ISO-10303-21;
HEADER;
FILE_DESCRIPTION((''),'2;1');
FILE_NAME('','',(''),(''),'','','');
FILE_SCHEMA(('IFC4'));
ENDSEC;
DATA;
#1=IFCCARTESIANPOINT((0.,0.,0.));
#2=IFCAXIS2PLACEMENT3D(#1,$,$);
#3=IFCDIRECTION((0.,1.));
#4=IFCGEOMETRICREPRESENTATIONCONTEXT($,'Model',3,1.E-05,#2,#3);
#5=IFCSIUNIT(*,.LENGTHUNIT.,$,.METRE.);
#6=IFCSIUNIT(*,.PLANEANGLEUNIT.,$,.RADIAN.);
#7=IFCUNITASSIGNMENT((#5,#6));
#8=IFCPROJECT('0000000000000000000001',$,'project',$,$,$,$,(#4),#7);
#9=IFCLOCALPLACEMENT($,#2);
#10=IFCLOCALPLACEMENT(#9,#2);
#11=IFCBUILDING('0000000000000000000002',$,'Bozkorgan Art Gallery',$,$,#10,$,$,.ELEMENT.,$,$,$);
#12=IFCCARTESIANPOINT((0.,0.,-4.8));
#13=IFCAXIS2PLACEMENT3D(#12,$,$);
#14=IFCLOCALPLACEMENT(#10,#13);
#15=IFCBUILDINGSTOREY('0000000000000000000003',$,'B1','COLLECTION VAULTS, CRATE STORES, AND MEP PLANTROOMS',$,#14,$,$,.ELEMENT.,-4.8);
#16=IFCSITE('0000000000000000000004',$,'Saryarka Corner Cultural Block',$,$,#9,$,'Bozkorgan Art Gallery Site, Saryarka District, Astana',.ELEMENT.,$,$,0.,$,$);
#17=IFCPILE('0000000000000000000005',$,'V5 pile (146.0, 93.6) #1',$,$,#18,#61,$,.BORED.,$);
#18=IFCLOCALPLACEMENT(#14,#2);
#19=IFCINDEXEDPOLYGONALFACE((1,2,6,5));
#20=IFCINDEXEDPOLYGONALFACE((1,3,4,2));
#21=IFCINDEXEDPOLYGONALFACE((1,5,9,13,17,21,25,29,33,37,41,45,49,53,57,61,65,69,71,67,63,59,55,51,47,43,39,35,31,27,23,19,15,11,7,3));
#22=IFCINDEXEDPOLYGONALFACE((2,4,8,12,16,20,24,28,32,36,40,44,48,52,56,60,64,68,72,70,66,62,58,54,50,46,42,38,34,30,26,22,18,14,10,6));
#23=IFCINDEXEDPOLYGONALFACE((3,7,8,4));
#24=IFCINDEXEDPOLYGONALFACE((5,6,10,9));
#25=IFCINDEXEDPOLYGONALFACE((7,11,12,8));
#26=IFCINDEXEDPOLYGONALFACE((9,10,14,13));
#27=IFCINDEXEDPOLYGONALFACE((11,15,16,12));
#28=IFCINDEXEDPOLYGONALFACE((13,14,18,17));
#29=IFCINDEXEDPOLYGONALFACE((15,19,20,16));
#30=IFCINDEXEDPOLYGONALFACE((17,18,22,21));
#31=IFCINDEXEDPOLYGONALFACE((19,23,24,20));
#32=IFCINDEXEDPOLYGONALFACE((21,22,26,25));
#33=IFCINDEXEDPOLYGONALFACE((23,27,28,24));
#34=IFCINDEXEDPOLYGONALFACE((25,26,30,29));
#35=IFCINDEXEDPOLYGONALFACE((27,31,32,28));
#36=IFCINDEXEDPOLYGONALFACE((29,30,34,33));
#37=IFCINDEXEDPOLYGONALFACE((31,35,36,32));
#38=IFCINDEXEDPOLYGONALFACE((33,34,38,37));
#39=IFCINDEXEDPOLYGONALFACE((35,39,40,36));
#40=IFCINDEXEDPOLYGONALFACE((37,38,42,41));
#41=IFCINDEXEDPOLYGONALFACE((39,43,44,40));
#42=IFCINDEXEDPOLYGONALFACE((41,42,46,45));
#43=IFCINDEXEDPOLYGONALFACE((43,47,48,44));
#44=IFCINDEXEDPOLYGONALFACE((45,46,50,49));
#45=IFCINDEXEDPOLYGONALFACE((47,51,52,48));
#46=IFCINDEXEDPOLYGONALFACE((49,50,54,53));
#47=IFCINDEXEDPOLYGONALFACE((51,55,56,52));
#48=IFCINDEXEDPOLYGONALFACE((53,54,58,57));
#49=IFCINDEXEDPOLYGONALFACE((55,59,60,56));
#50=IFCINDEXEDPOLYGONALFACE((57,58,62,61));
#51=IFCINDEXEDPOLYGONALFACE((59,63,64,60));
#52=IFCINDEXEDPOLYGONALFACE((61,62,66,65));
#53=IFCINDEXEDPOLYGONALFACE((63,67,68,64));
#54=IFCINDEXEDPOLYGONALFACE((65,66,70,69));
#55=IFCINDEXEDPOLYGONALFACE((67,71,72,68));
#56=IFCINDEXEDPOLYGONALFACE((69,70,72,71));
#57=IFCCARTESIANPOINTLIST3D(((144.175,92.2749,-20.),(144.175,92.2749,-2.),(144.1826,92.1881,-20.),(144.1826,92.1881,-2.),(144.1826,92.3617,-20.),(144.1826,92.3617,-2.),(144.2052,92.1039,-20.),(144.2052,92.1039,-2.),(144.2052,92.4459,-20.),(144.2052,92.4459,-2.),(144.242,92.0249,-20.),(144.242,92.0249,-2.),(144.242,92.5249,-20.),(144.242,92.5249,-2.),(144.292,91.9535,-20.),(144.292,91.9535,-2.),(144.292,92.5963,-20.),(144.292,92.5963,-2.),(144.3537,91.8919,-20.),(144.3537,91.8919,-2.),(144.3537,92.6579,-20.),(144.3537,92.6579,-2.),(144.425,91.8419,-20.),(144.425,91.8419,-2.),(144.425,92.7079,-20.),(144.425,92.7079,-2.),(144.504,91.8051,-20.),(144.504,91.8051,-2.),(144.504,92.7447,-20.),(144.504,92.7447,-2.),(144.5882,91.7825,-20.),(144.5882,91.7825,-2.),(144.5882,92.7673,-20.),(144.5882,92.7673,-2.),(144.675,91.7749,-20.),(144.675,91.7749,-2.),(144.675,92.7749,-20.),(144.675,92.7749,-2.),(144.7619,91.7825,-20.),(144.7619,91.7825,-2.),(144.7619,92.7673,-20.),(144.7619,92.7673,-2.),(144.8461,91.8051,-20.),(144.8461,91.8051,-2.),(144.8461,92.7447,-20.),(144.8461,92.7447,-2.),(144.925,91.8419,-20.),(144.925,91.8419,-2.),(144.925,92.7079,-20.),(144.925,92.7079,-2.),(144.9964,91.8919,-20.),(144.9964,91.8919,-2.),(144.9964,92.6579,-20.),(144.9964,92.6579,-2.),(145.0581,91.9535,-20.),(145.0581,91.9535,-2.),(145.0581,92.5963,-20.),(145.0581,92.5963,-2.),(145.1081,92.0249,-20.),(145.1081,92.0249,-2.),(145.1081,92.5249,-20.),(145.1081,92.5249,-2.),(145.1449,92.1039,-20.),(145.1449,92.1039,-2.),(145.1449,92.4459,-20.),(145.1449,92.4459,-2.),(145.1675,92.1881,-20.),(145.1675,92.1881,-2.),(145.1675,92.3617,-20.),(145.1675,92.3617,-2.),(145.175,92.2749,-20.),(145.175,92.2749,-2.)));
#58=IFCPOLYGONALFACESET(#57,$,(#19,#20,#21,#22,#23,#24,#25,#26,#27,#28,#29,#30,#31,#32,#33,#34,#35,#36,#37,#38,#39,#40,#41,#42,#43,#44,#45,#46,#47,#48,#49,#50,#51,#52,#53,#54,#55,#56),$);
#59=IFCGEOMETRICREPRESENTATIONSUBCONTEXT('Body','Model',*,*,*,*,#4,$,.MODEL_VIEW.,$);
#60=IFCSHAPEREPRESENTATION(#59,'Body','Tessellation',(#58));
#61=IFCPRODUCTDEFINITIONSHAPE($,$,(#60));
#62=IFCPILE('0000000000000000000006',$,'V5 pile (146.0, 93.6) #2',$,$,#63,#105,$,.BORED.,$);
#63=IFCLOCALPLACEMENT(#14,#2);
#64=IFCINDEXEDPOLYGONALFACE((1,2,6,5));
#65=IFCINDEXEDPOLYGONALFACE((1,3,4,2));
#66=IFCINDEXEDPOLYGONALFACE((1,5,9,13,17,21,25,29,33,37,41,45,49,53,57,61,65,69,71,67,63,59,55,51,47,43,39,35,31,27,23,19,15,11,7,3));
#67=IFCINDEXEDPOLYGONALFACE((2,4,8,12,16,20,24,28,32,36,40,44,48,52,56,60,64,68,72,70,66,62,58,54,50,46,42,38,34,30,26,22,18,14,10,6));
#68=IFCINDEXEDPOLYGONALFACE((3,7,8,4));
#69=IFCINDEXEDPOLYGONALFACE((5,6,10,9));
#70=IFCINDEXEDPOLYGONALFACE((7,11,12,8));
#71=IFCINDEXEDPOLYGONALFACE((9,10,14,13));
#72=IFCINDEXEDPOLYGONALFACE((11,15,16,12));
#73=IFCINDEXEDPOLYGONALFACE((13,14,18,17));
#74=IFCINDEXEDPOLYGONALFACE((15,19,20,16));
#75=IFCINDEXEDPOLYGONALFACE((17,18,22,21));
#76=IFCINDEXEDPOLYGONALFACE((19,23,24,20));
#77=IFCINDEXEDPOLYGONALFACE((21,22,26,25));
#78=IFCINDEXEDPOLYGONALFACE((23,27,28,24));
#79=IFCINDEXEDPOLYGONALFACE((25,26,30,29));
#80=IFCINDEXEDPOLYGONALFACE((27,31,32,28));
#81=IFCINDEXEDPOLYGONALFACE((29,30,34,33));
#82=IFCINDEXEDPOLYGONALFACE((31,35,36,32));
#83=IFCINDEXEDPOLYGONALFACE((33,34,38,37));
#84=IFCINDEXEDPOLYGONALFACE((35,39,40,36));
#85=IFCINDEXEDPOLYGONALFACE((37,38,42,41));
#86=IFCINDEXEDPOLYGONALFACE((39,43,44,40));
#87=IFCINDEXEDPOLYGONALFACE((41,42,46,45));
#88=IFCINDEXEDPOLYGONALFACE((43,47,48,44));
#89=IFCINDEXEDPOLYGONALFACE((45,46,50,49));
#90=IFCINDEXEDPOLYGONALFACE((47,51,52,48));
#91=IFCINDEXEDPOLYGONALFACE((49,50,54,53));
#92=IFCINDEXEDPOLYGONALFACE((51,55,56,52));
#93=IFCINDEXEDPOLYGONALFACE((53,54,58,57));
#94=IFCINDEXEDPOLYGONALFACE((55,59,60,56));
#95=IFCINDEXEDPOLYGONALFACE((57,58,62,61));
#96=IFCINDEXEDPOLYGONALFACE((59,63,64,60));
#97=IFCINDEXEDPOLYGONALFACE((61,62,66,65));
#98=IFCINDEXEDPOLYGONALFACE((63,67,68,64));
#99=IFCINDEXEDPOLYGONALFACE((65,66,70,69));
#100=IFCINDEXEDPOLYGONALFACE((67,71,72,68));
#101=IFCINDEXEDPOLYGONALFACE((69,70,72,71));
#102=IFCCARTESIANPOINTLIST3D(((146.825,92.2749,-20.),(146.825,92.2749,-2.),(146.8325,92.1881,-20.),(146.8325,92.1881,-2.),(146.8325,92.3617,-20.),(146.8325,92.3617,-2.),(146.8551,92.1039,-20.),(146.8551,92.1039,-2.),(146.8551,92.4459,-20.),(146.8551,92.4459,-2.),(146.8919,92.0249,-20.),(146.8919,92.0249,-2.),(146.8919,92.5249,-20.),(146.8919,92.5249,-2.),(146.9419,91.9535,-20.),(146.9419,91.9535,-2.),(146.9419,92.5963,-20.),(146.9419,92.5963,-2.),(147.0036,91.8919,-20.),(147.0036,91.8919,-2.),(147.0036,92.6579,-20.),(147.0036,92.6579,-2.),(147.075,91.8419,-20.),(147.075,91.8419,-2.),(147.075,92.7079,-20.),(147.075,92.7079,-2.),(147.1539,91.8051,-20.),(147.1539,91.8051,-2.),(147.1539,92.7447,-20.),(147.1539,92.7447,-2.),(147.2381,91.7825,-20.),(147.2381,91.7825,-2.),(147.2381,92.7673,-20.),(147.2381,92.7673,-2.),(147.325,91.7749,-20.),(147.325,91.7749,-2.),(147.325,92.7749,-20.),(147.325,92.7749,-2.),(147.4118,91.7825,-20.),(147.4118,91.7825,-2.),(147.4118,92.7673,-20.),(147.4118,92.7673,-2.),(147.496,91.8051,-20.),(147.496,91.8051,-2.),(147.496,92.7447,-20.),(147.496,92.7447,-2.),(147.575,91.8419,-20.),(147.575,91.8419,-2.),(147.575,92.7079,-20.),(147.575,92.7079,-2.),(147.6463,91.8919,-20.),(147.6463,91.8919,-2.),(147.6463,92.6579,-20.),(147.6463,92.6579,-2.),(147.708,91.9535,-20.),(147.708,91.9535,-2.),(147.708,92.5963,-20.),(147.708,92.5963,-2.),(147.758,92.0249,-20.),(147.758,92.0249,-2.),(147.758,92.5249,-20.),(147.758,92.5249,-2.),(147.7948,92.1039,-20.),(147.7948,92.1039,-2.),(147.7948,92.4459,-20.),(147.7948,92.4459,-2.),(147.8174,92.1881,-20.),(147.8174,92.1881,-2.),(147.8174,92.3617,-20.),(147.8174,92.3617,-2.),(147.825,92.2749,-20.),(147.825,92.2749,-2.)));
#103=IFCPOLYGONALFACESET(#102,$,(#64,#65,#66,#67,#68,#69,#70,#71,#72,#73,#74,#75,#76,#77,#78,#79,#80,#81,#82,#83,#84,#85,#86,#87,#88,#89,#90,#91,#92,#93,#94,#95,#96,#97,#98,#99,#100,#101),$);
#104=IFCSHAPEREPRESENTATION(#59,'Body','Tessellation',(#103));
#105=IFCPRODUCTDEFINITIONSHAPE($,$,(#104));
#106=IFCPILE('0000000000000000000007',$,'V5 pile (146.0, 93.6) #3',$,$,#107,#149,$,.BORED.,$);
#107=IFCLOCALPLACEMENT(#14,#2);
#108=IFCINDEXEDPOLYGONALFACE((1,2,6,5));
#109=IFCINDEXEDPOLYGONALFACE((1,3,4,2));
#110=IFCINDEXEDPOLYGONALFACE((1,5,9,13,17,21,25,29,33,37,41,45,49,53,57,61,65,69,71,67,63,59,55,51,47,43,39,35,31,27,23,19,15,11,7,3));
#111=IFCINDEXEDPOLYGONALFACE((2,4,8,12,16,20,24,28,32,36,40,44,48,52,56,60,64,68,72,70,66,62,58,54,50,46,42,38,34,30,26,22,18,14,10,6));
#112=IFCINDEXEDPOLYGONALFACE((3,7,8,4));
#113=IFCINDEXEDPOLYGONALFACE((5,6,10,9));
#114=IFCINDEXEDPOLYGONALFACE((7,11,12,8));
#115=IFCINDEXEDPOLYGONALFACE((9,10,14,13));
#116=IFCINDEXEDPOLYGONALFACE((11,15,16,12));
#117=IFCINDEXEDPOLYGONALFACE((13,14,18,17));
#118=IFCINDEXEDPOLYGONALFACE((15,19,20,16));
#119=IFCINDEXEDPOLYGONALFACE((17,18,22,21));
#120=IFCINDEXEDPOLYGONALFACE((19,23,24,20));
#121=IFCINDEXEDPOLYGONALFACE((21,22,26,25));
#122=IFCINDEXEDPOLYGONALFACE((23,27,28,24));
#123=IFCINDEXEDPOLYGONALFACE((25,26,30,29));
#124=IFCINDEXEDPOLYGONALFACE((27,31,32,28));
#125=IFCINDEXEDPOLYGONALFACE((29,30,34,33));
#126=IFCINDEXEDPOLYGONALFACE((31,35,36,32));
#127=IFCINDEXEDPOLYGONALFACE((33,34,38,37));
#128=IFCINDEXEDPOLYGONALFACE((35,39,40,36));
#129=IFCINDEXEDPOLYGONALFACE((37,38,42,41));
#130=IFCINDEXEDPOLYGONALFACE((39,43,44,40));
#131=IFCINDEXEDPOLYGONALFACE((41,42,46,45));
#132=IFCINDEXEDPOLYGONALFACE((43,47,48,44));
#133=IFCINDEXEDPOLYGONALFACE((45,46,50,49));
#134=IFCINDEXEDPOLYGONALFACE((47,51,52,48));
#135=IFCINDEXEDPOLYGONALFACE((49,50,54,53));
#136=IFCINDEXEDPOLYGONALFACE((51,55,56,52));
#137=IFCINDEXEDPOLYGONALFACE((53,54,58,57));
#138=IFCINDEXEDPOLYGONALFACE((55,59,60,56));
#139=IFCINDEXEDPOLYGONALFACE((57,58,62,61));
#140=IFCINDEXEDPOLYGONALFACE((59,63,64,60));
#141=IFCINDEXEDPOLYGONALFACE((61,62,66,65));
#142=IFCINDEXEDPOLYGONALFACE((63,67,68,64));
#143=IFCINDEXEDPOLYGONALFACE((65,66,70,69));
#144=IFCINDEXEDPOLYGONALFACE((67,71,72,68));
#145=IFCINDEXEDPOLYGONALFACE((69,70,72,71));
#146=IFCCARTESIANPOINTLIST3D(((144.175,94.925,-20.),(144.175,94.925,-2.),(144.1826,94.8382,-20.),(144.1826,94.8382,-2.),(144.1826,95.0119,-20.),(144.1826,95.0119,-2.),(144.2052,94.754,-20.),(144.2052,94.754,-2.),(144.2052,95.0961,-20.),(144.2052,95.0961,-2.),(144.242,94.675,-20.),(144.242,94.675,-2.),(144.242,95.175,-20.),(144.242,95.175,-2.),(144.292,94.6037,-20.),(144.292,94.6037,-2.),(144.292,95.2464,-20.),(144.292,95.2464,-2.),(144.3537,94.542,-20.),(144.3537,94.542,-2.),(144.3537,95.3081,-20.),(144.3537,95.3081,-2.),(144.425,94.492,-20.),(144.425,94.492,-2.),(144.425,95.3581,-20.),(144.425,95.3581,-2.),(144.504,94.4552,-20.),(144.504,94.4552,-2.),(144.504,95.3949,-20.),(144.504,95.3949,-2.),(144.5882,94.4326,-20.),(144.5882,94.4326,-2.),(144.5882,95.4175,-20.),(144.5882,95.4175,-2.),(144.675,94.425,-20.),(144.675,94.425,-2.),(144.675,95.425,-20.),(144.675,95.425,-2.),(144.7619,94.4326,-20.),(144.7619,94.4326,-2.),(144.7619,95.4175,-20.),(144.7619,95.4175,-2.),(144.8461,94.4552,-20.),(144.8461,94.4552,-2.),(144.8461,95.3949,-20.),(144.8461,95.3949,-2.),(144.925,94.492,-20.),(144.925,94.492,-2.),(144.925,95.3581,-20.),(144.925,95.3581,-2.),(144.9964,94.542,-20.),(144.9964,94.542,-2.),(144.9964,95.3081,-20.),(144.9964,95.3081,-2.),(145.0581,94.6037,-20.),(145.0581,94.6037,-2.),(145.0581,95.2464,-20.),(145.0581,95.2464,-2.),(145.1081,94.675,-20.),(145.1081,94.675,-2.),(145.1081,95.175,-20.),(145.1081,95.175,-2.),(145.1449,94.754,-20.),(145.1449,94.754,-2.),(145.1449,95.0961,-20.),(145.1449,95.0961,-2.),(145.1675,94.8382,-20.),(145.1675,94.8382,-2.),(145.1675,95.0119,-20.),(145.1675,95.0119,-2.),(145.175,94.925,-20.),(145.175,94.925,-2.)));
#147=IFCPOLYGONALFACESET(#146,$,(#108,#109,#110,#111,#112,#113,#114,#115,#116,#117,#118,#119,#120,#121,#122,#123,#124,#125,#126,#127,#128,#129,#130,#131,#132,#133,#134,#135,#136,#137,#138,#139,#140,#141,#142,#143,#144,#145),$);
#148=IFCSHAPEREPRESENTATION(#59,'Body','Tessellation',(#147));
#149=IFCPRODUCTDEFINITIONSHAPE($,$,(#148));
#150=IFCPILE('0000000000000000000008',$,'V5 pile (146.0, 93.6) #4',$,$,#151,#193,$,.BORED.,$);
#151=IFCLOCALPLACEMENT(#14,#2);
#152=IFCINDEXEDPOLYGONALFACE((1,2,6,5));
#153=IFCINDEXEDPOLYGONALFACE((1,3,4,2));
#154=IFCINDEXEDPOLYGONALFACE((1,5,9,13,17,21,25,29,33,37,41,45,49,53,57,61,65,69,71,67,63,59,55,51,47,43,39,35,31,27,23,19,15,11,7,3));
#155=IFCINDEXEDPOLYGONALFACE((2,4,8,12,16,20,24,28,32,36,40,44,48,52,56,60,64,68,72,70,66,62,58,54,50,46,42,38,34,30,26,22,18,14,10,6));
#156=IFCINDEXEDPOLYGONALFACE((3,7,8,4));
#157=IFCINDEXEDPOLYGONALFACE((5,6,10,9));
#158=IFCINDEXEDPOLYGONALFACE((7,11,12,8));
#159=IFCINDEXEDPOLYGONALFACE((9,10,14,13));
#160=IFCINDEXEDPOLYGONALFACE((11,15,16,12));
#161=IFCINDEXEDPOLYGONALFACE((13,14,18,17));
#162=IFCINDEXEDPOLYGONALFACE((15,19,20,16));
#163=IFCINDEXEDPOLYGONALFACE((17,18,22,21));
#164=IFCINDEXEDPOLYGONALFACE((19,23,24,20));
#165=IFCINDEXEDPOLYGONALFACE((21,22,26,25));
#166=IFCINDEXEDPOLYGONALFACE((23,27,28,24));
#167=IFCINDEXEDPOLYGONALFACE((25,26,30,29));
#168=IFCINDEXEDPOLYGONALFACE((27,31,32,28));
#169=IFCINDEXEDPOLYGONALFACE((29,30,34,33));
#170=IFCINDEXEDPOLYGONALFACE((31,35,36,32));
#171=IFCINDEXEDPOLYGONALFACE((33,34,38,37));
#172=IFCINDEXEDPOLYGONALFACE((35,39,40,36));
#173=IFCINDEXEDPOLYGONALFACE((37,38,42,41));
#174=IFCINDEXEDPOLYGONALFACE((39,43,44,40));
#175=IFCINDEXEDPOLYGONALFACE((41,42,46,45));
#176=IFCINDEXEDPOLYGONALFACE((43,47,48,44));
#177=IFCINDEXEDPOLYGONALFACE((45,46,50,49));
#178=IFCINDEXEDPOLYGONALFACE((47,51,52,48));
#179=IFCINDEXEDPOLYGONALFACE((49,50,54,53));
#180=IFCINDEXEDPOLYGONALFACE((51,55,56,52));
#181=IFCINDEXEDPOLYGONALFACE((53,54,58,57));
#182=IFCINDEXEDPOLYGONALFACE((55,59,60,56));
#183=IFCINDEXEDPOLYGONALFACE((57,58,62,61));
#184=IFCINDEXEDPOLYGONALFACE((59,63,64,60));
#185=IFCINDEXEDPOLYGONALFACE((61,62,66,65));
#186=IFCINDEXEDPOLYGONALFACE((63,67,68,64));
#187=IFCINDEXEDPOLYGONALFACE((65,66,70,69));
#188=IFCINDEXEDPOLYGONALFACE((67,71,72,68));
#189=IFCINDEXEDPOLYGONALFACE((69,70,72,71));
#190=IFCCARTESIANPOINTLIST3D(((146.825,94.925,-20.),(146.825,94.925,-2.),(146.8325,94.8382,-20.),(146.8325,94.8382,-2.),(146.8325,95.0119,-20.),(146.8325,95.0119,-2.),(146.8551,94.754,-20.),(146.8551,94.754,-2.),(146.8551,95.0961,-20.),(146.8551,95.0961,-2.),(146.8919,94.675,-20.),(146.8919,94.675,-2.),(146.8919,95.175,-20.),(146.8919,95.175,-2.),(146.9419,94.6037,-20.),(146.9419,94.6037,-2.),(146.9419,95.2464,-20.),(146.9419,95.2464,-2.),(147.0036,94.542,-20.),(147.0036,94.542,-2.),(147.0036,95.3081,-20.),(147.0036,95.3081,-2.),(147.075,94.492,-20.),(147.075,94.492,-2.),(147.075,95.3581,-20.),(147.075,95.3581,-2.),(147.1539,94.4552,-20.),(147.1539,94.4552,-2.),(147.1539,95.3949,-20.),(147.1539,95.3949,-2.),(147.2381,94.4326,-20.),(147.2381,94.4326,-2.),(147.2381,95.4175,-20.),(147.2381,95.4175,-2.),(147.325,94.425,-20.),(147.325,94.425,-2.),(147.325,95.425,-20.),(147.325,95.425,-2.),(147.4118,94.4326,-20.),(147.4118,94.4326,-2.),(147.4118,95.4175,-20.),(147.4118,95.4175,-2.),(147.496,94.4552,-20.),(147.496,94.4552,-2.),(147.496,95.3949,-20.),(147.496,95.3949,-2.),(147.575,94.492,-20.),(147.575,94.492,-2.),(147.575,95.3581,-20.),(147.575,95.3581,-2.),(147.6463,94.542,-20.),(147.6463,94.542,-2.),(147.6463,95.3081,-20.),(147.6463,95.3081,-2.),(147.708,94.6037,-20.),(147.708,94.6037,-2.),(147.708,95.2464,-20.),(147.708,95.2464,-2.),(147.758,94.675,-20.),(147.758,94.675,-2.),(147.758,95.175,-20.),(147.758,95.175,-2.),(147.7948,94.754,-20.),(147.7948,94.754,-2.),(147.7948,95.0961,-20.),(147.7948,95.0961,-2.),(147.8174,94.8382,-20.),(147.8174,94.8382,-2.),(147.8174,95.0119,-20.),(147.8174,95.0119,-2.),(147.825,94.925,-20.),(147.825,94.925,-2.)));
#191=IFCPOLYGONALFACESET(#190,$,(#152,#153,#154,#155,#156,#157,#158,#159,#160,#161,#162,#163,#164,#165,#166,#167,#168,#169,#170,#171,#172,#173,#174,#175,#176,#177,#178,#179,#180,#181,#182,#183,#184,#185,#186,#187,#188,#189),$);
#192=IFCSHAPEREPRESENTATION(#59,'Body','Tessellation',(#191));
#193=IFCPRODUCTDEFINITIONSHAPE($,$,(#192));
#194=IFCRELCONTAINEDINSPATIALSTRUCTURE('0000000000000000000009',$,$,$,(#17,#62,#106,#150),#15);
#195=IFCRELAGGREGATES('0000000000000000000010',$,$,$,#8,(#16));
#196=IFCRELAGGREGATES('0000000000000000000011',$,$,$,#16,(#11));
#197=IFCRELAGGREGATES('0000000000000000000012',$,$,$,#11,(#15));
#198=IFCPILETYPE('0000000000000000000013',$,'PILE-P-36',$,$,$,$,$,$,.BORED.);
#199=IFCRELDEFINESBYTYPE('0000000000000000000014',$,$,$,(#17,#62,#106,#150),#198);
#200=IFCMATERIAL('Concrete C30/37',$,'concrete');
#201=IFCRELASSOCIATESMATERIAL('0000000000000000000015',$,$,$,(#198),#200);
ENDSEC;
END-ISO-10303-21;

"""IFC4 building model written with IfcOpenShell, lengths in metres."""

from ifc_helpers import new_model, si_unit, direction, frame, origin, origin_2d, place, context, subcontext, project, spatial, circle, extrude, material, material_profile, profile_set, type_object, element, save


model = new_model("IFC4")

# Units and contexts
model_context = context("Model", 3, precision=1e-05, world=origin(), true_north=direction((0.0, 1.0)))
body_context = subcontext(model_context, "Body", "Model", "MODEL_VIEW")
ifc_project = project(units=[si_unit("LENGTHUNIT", "METRE"), si_unit("PLANEANGLEUNIT", "RADIAN")], contexts=[model_context])

# Site, building, storey
site_placement = place(None, origin())
site = spatial("IfcSite", under=ifc_project, at=site_placement, Name="Saryarka Corner Cultural Block", LongName="Bozkorgan Art Gallery Site, Saryarka District, Astana", CompositionType="ELEMENT", RefElevation=0.0)
building_placement = place(site_placement, origin())
building = spatial("IfcBuilding", under=site, at=building_placement, Name="Bozkorgan Art Gallery", CompositionType="ELEMENT")
storey_placement = place(building_placement, frame((0.0, 0.0, -4.8)))
storey = spatial("IfcBuildingStorey", under=building, at=storey_placement, Name="B1", Description="COLLECTION VAULTS, CRATE STORES, AND MEP PLANTROOMS", CompositionType="ELEMENT", Elevation=-4.8)

# Shared definitions
ifc_material_1 = material(Name="Concrete C30/37", Category="concrete")

# Piles
ifc_material_profile_1 = material_profile(ifc_material_1, circle(Radius=0.5, at=origin_2d()), Name="PILE D1000")
ifc_profile_set_1 = profile_set([ifc_material_profile_1], Name="Concrete C30/37")
pile_type_1 = type_object("IfcPileType", Name="PILE-P-36", PredefinedType="BORED", material=ifc_profile_set_1)
for number, where, z_axis, x_axis, name in (
    (1, (144.675, 92.2749, -2.0), (0.0, 0.0, -1.0), (1.0, 0.0, 0.0), "V5 pile (146.0, 93.6) #1"),
    (2, (147.325, 92.2749, -2.0), (0.0, 0.0, -1.0), (1.0, 0.0, 0.0), "V5 pile (146.0, 93.6) #2"),
    (3, (144.675, 94.925, -2.0), (0.0, 0.0, -1.0), (1.0, 0.0, 0.0), "V5 pile (146.0, 93.6) #3"),
    (4, (147.325, 94.925, -2.0), (0.0, 0.0, -1.0), (1.0, 0.0, 0.0), "V5 pile (146.0, 93.6) #4"),
):
    element("IfcPile", number, at=place(storey_placement, frame(where, z_axis=z_axis, x_axis=x_axis)), inside=storey, type_object=pile_type_1, Name=name, PredefinedType="BORED", context=body_context, shape_type="SweptSolid", body=[
        extrude(circle(Radius=0.5, at=origin_2d()), origin(), (0.0, 0.0, 1.0), 18.0),
    ])

save(model, "model.ifc")
